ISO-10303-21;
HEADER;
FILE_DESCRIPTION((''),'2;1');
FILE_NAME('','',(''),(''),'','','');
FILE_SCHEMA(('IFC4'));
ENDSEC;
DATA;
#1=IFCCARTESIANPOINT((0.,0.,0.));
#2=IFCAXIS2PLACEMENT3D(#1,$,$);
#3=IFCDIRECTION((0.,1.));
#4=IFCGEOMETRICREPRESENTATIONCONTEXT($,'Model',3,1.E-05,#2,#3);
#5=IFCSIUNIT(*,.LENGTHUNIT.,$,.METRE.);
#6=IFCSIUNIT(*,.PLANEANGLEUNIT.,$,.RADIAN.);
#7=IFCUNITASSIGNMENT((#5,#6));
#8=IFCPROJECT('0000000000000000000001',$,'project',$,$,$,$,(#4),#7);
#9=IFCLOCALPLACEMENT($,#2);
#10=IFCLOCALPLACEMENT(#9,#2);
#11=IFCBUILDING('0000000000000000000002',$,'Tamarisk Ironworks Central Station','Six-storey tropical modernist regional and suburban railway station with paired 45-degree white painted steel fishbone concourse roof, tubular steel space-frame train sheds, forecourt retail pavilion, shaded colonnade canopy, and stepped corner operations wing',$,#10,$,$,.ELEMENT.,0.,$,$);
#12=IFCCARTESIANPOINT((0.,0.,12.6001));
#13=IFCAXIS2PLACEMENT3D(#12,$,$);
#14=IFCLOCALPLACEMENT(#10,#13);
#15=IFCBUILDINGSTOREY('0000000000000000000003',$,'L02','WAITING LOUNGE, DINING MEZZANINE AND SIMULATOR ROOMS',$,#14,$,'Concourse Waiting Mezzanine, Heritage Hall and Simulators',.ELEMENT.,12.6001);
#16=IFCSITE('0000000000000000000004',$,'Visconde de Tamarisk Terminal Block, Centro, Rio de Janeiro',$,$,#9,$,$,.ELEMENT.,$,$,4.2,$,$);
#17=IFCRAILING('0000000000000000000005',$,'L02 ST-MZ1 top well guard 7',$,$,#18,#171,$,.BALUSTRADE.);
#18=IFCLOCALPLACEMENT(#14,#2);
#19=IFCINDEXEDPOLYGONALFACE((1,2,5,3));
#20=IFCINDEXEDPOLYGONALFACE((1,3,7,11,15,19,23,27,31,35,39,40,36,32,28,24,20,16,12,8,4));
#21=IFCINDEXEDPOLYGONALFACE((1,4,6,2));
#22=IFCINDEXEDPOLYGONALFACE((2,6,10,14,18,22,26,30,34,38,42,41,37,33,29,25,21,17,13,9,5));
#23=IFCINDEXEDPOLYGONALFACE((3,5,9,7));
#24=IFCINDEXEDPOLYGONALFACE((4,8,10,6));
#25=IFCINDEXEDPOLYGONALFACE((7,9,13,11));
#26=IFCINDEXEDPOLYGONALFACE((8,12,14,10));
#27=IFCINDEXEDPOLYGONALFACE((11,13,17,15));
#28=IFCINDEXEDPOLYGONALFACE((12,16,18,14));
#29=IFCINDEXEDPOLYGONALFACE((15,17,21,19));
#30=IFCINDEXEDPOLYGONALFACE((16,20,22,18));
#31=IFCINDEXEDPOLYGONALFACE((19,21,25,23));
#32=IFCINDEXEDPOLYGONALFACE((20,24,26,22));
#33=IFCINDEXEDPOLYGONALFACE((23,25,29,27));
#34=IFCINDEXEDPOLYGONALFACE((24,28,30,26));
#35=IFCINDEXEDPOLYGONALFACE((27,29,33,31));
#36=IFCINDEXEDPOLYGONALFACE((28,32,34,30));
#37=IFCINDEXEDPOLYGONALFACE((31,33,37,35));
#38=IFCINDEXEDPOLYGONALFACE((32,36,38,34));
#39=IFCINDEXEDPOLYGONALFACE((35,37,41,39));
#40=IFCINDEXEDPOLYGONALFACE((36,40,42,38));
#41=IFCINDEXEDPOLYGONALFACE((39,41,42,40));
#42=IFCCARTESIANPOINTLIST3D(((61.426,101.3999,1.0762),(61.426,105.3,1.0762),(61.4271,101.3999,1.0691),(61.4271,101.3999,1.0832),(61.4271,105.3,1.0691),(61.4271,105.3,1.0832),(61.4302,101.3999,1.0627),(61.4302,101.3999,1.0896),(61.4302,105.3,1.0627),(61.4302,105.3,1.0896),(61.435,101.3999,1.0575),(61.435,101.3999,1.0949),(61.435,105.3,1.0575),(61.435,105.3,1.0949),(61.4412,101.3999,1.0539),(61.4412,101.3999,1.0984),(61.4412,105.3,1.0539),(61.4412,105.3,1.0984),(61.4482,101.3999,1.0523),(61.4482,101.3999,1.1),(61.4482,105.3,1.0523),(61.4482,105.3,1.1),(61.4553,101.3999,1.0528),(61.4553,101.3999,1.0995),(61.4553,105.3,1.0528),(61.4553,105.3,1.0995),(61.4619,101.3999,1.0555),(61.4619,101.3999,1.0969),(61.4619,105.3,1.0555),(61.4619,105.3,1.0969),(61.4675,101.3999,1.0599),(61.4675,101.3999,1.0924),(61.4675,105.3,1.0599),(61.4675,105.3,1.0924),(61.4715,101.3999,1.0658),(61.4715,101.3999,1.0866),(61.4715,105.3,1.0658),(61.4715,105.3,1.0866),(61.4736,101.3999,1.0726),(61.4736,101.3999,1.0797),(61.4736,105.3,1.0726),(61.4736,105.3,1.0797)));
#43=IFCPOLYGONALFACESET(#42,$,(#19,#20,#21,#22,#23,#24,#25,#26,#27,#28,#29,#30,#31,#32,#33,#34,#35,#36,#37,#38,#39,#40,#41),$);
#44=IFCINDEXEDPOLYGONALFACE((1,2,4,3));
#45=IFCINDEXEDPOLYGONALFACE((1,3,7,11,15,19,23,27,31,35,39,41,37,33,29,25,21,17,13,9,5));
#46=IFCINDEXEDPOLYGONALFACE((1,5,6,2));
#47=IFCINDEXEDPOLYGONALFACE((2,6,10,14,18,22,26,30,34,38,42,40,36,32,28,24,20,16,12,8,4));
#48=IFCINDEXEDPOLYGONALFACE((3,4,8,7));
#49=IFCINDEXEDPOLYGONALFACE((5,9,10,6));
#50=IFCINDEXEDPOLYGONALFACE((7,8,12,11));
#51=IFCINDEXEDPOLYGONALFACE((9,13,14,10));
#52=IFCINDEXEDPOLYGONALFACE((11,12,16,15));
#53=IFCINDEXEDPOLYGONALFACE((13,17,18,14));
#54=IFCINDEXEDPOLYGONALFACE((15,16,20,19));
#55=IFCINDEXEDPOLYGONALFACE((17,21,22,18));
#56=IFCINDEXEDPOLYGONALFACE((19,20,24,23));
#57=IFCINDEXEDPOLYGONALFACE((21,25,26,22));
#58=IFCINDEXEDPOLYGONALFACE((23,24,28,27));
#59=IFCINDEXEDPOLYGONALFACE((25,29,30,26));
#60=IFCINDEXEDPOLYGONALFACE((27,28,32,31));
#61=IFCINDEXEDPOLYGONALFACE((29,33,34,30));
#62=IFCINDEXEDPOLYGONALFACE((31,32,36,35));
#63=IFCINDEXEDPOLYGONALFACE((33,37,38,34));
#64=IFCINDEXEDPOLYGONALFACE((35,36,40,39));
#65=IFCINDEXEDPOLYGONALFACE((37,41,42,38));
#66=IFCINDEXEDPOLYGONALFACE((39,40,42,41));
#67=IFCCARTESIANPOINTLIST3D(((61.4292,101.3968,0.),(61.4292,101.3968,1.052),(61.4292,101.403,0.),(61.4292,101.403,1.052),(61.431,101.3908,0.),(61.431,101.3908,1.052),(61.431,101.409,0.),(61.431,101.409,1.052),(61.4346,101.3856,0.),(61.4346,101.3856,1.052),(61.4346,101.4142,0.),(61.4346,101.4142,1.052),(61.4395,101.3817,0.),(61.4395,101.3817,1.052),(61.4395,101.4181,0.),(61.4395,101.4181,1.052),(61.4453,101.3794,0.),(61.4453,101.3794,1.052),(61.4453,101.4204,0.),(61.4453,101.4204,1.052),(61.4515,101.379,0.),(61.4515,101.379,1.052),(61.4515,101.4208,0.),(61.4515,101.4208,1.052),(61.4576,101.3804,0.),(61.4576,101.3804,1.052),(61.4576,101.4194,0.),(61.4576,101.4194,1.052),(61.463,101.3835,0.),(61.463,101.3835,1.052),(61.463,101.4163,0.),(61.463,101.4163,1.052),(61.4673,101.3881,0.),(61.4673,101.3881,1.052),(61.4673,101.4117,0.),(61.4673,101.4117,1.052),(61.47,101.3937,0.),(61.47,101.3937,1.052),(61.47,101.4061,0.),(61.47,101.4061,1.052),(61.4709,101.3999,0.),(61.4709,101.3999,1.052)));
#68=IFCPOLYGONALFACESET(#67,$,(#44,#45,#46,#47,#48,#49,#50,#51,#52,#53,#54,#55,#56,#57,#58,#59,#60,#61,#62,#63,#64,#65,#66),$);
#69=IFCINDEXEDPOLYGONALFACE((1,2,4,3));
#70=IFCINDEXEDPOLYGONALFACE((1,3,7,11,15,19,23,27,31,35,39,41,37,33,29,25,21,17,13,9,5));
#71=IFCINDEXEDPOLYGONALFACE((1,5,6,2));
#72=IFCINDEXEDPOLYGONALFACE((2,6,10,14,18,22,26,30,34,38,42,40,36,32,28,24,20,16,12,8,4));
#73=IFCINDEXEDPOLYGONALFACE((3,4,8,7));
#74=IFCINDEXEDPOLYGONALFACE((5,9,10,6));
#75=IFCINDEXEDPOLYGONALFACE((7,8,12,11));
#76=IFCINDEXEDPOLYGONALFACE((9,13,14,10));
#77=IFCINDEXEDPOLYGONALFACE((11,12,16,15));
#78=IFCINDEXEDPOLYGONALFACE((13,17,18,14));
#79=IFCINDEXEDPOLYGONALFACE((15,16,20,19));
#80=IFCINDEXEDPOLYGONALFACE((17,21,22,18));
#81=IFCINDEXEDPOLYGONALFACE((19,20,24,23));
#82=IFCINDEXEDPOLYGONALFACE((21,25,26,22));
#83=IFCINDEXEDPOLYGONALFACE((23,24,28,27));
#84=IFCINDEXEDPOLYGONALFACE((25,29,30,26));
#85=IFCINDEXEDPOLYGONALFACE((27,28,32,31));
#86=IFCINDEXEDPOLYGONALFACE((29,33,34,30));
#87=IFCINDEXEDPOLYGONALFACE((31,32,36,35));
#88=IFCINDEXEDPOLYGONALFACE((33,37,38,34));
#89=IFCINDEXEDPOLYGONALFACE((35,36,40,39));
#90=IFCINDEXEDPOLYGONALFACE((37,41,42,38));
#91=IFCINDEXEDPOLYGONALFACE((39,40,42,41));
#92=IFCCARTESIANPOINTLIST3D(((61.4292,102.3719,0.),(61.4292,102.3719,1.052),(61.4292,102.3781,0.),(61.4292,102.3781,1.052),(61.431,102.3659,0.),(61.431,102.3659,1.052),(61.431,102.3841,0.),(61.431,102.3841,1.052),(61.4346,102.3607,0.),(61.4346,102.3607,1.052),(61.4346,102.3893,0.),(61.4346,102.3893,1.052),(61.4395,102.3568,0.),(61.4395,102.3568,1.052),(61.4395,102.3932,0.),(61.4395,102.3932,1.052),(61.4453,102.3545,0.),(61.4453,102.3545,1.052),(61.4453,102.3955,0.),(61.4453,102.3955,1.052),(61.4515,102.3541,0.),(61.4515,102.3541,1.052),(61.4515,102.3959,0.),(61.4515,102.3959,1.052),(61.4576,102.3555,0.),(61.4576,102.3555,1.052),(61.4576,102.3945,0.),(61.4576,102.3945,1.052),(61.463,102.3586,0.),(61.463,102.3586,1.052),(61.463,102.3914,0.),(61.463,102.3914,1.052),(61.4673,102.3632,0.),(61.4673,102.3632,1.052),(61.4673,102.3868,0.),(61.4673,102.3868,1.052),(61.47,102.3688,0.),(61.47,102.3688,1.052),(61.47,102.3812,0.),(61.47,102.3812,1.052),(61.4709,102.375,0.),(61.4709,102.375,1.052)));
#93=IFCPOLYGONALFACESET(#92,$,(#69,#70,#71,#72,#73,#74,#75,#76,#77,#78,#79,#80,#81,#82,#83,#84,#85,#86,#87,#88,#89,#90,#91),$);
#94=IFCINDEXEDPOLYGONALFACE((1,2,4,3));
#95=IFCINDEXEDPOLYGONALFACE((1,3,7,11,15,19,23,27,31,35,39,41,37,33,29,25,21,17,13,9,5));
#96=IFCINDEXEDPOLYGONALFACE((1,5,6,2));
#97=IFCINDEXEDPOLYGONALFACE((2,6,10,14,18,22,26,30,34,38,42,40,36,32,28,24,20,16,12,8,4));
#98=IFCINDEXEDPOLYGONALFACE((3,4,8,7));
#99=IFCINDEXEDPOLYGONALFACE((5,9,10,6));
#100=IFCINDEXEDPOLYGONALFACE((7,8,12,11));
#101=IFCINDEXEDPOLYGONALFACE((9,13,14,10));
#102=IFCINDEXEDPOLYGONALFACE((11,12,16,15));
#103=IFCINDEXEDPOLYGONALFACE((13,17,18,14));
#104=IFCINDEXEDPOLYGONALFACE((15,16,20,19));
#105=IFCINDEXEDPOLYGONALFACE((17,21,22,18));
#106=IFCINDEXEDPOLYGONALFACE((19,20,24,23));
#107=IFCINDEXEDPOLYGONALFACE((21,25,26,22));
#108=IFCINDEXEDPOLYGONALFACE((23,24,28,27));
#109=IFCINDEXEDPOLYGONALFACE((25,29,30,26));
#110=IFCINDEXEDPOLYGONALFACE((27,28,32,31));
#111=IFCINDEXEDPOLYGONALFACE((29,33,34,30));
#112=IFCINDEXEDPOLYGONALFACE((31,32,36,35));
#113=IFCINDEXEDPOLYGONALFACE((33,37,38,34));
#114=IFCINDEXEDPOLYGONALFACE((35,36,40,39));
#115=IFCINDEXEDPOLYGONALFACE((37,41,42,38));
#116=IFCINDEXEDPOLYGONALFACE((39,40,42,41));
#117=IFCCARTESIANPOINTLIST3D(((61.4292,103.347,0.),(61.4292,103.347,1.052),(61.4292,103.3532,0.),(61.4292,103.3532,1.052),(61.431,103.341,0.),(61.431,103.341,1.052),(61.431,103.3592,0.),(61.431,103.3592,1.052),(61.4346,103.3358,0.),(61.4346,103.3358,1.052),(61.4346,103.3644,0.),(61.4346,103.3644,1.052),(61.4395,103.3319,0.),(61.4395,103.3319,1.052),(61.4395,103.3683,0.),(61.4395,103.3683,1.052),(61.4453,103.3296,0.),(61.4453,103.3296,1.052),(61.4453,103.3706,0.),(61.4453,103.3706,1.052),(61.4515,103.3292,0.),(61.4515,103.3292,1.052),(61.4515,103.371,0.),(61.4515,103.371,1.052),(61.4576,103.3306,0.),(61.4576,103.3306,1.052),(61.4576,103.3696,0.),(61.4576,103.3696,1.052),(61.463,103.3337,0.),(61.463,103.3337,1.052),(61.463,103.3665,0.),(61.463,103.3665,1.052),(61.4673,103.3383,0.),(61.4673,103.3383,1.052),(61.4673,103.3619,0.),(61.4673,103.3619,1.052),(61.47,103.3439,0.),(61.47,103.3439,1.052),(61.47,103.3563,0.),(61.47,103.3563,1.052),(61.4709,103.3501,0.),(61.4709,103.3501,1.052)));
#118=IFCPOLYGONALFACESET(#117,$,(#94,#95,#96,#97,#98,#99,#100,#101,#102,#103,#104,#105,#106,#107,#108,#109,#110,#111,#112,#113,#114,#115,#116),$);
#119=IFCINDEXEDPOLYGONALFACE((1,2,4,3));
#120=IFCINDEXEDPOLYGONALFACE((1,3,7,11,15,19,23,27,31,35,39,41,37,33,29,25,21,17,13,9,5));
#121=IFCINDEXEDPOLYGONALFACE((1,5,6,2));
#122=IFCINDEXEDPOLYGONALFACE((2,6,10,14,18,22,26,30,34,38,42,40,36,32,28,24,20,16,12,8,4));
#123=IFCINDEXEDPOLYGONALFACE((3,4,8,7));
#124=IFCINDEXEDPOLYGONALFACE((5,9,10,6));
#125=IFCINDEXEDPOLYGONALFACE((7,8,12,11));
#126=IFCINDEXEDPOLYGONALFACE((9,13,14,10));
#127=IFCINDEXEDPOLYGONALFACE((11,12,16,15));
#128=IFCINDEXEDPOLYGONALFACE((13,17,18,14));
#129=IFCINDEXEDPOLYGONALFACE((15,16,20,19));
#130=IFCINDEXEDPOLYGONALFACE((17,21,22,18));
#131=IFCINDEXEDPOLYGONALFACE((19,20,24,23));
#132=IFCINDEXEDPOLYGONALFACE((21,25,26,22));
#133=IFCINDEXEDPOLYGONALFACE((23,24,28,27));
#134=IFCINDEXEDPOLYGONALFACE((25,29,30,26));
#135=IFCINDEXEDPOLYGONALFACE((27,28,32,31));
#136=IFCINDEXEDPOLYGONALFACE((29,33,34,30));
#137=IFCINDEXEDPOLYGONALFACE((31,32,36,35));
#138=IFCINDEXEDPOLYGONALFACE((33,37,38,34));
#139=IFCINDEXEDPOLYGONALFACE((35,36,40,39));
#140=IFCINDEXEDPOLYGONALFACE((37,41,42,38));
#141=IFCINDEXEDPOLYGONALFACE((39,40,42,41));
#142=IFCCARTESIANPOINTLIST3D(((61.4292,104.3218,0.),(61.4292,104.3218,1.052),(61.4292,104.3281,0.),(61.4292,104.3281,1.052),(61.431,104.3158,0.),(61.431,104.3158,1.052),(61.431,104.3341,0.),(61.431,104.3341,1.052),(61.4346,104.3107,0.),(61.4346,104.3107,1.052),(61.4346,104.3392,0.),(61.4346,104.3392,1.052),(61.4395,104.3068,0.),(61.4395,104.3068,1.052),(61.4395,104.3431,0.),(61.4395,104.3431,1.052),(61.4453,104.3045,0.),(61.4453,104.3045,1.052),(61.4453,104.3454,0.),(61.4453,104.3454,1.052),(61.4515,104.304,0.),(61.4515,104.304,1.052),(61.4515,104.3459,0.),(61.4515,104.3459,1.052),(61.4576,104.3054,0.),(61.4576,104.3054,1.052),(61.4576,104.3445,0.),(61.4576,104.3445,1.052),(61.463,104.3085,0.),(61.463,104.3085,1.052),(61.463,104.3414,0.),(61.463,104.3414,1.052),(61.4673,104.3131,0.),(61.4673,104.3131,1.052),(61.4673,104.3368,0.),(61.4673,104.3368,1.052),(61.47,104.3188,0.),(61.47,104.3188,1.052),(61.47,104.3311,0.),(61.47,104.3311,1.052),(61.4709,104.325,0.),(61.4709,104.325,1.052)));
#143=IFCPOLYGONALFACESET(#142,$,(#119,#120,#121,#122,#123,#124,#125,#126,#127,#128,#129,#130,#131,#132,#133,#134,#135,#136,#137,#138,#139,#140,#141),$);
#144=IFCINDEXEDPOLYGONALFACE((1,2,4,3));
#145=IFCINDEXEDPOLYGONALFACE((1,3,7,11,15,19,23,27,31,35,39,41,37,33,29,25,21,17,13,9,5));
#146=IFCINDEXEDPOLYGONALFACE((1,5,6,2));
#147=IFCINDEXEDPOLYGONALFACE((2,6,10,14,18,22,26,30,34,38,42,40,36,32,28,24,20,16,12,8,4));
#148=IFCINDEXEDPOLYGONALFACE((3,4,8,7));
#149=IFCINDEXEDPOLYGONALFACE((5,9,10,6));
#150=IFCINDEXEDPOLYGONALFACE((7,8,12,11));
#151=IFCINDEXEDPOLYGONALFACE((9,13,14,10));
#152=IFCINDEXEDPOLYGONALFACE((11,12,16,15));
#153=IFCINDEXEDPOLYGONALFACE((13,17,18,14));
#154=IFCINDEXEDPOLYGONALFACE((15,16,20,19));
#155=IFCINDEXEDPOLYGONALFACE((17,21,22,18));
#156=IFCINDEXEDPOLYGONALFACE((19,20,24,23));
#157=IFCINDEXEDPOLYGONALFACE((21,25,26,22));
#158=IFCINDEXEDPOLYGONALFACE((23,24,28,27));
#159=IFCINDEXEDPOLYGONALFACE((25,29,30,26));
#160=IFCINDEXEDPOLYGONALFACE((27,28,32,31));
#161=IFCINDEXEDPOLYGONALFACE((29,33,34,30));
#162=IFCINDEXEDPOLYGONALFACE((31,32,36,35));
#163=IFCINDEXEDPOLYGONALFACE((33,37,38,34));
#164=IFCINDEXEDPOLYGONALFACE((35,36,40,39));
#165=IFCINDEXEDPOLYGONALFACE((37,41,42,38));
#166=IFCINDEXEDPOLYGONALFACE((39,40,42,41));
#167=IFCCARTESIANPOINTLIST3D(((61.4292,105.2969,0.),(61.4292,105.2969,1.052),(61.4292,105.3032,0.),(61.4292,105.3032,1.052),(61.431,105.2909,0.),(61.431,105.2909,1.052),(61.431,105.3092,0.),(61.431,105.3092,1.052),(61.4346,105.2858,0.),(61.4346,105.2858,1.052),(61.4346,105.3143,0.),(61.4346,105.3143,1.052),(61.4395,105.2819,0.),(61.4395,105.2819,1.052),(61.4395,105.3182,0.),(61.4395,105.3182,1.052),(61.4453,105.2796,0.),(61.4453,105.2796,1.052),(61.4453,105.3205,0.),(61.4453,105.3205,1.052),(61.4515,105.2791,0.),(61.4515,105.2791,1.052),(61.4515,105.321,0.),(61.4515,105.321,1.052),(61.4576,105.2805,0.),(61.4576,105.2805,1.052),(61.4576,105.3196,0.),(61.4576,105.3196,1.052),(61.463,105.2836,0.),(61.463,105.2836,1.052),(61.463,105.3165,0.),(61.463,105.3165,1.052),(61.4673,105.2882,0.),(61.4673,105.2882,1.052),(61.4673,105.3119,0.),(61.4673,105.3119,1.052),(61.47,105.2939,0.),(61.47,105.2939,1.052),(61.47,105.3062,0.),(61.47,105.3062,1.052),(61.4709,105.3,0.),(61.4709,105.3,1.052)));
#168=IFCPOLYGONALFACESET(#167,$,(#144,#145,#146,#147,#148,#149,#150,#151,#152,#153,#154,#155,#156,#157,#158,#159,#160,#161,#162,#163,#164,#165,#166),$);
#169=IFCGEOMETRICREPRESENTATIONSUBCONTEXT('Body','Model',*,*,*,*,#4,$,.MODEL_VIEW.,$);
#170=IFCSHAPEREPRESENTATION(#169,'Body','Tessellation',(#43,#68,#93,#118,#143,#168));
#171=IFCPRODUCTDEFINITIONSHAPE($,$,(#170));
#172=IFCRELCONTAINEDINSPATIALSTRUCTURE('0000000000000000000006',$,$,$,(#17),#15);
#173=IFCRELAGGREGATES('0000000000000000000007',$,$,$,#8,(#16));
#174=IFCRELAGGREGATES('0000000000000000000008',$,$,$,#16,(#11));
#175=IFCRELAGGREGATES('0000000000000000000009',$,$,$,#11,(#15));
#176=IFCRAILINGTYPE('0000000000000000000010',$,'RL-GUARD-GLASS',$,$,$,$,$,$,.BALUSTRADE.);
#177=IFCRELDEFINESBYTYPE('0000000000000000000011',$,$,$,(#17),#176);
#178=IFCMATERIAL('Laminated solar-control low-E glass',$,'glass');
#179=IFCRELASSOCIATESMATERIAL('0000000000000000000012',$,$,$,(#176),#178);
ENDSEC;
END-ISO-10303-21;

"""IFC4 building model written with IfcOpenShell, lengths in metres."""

from ifc_helpers import new_model, si_unit, direction, frame, origin, origin_2d, place, context, subcontext, project, spatial, circle, extrude, material, type_object, element, save


model = new_model("IFC4")

# Units and contexts
model_context = context("Model", 3, precision=1e-05, world=origin(), true_north=direction((0.0, 1.0)))
body_context = subcontext(model_context, "Body", "Model", "MODEL_VIEW")
ifc_project = project(units=[si_unit("LENGTHUNIT", "METRE"), si_unit("PLANEANGLEUNIT", "RADIAN")], contexts=[model_context])

# Site, building, storey
site_placement = place(None, origin())
site = spatial("IfcSite", under=ifc_project, at=site_placement, Name="Visconde de Tamarisk Terminal Block, Centro, Rio de Janeiro", CompositionType="ELEMENT", RefElevation=4.2)
building_placement = place(site_placement, origin())
building = spatial("IfcBuilding", under=site, at=building_placement, Name="Tamarisk Ironworks Central Station", Description="Six-storey tropical modernist regional and suburban railway station with paired 45-degree white painted steel fishbone concourse roof, tubular steel space-frame train sheds, forecourt retail pavilion, shaded colonnade canopy, and stepped corner operations wing", CompositionType="ELEMENT", ElevationOfRefHeight=0.0)
storey_placement = place(building_placement, frame((0.0, 0.0, 12.6001)))
storey = spatial("IfcBuildingStorey", under=building, at=storey_placement, Name="L02", Description="WAITING LOUNGE, DINING MEZZANINE AND SIMULATOR ROOMS", LongName="Concourse Waiting Mezzanine, Heritage Hall and Simulators", CompositionType="ELEMENT", Elevation=12.6001)

# Shared definitions
ifc_material_1 = material(Name="Laminated solar-control low-E glass", Category="glass")

# Railing
railing_type = type_object("IfcRailingType", Name="RL-GUARD-GLASS", PredefinedType="BALUSTRADE", material=ifc_material_1)
railing_1_placement = place(storey_placement, frame((61.45, 101.3999, 0.0)))
element("IfcRailing", 1, at=railing_1_placement, inside=storey, type_object=railing_type, Name="L02 ST-MZ1 top well guard 7", PredefinedType="BALUSTRADE", context=body_context, shape_type="SweptSolid", body=[
    extrude(circle(Radius=0.0239, at=origin_2d()), frame((0.0, 0.0, 1.0762), z_axis=(0.0, 1.0, 0.0), x_axis=(-1.0, 0.0, 0.0)), (0.0, 0.0, 1.0), 3.9001),
    extrude(circle(Radius=0.021, at=origin_2d()), origin(), (0.0, 0.0, 1.0), 1.052),
    extrude(circle(Radius=0.021, at=origin_2d()), frame((0.0, 0.9751, 0.0)), (0.0, 0.0, 1.0), 1.052),
    extrude(circle(Radius=0.021, at=origin_2d()), frame((0.0, 1.9502, 0.0)), (0.0, 0.0, 1.0), 1.052),
    extrude(circle(Radius=0.021, at=origin_2d()), frame((0.0, 2.925, 0.0)), (0.0, 0.0, 1.0), 1.052),
    extrude(circle(Radius=0.021, at=origin_2d()), frame((0.0, 3.9001, 0.0)), (0.0, 0.0, 1.0), 1.052),
])

save(model, "model.ifc")
